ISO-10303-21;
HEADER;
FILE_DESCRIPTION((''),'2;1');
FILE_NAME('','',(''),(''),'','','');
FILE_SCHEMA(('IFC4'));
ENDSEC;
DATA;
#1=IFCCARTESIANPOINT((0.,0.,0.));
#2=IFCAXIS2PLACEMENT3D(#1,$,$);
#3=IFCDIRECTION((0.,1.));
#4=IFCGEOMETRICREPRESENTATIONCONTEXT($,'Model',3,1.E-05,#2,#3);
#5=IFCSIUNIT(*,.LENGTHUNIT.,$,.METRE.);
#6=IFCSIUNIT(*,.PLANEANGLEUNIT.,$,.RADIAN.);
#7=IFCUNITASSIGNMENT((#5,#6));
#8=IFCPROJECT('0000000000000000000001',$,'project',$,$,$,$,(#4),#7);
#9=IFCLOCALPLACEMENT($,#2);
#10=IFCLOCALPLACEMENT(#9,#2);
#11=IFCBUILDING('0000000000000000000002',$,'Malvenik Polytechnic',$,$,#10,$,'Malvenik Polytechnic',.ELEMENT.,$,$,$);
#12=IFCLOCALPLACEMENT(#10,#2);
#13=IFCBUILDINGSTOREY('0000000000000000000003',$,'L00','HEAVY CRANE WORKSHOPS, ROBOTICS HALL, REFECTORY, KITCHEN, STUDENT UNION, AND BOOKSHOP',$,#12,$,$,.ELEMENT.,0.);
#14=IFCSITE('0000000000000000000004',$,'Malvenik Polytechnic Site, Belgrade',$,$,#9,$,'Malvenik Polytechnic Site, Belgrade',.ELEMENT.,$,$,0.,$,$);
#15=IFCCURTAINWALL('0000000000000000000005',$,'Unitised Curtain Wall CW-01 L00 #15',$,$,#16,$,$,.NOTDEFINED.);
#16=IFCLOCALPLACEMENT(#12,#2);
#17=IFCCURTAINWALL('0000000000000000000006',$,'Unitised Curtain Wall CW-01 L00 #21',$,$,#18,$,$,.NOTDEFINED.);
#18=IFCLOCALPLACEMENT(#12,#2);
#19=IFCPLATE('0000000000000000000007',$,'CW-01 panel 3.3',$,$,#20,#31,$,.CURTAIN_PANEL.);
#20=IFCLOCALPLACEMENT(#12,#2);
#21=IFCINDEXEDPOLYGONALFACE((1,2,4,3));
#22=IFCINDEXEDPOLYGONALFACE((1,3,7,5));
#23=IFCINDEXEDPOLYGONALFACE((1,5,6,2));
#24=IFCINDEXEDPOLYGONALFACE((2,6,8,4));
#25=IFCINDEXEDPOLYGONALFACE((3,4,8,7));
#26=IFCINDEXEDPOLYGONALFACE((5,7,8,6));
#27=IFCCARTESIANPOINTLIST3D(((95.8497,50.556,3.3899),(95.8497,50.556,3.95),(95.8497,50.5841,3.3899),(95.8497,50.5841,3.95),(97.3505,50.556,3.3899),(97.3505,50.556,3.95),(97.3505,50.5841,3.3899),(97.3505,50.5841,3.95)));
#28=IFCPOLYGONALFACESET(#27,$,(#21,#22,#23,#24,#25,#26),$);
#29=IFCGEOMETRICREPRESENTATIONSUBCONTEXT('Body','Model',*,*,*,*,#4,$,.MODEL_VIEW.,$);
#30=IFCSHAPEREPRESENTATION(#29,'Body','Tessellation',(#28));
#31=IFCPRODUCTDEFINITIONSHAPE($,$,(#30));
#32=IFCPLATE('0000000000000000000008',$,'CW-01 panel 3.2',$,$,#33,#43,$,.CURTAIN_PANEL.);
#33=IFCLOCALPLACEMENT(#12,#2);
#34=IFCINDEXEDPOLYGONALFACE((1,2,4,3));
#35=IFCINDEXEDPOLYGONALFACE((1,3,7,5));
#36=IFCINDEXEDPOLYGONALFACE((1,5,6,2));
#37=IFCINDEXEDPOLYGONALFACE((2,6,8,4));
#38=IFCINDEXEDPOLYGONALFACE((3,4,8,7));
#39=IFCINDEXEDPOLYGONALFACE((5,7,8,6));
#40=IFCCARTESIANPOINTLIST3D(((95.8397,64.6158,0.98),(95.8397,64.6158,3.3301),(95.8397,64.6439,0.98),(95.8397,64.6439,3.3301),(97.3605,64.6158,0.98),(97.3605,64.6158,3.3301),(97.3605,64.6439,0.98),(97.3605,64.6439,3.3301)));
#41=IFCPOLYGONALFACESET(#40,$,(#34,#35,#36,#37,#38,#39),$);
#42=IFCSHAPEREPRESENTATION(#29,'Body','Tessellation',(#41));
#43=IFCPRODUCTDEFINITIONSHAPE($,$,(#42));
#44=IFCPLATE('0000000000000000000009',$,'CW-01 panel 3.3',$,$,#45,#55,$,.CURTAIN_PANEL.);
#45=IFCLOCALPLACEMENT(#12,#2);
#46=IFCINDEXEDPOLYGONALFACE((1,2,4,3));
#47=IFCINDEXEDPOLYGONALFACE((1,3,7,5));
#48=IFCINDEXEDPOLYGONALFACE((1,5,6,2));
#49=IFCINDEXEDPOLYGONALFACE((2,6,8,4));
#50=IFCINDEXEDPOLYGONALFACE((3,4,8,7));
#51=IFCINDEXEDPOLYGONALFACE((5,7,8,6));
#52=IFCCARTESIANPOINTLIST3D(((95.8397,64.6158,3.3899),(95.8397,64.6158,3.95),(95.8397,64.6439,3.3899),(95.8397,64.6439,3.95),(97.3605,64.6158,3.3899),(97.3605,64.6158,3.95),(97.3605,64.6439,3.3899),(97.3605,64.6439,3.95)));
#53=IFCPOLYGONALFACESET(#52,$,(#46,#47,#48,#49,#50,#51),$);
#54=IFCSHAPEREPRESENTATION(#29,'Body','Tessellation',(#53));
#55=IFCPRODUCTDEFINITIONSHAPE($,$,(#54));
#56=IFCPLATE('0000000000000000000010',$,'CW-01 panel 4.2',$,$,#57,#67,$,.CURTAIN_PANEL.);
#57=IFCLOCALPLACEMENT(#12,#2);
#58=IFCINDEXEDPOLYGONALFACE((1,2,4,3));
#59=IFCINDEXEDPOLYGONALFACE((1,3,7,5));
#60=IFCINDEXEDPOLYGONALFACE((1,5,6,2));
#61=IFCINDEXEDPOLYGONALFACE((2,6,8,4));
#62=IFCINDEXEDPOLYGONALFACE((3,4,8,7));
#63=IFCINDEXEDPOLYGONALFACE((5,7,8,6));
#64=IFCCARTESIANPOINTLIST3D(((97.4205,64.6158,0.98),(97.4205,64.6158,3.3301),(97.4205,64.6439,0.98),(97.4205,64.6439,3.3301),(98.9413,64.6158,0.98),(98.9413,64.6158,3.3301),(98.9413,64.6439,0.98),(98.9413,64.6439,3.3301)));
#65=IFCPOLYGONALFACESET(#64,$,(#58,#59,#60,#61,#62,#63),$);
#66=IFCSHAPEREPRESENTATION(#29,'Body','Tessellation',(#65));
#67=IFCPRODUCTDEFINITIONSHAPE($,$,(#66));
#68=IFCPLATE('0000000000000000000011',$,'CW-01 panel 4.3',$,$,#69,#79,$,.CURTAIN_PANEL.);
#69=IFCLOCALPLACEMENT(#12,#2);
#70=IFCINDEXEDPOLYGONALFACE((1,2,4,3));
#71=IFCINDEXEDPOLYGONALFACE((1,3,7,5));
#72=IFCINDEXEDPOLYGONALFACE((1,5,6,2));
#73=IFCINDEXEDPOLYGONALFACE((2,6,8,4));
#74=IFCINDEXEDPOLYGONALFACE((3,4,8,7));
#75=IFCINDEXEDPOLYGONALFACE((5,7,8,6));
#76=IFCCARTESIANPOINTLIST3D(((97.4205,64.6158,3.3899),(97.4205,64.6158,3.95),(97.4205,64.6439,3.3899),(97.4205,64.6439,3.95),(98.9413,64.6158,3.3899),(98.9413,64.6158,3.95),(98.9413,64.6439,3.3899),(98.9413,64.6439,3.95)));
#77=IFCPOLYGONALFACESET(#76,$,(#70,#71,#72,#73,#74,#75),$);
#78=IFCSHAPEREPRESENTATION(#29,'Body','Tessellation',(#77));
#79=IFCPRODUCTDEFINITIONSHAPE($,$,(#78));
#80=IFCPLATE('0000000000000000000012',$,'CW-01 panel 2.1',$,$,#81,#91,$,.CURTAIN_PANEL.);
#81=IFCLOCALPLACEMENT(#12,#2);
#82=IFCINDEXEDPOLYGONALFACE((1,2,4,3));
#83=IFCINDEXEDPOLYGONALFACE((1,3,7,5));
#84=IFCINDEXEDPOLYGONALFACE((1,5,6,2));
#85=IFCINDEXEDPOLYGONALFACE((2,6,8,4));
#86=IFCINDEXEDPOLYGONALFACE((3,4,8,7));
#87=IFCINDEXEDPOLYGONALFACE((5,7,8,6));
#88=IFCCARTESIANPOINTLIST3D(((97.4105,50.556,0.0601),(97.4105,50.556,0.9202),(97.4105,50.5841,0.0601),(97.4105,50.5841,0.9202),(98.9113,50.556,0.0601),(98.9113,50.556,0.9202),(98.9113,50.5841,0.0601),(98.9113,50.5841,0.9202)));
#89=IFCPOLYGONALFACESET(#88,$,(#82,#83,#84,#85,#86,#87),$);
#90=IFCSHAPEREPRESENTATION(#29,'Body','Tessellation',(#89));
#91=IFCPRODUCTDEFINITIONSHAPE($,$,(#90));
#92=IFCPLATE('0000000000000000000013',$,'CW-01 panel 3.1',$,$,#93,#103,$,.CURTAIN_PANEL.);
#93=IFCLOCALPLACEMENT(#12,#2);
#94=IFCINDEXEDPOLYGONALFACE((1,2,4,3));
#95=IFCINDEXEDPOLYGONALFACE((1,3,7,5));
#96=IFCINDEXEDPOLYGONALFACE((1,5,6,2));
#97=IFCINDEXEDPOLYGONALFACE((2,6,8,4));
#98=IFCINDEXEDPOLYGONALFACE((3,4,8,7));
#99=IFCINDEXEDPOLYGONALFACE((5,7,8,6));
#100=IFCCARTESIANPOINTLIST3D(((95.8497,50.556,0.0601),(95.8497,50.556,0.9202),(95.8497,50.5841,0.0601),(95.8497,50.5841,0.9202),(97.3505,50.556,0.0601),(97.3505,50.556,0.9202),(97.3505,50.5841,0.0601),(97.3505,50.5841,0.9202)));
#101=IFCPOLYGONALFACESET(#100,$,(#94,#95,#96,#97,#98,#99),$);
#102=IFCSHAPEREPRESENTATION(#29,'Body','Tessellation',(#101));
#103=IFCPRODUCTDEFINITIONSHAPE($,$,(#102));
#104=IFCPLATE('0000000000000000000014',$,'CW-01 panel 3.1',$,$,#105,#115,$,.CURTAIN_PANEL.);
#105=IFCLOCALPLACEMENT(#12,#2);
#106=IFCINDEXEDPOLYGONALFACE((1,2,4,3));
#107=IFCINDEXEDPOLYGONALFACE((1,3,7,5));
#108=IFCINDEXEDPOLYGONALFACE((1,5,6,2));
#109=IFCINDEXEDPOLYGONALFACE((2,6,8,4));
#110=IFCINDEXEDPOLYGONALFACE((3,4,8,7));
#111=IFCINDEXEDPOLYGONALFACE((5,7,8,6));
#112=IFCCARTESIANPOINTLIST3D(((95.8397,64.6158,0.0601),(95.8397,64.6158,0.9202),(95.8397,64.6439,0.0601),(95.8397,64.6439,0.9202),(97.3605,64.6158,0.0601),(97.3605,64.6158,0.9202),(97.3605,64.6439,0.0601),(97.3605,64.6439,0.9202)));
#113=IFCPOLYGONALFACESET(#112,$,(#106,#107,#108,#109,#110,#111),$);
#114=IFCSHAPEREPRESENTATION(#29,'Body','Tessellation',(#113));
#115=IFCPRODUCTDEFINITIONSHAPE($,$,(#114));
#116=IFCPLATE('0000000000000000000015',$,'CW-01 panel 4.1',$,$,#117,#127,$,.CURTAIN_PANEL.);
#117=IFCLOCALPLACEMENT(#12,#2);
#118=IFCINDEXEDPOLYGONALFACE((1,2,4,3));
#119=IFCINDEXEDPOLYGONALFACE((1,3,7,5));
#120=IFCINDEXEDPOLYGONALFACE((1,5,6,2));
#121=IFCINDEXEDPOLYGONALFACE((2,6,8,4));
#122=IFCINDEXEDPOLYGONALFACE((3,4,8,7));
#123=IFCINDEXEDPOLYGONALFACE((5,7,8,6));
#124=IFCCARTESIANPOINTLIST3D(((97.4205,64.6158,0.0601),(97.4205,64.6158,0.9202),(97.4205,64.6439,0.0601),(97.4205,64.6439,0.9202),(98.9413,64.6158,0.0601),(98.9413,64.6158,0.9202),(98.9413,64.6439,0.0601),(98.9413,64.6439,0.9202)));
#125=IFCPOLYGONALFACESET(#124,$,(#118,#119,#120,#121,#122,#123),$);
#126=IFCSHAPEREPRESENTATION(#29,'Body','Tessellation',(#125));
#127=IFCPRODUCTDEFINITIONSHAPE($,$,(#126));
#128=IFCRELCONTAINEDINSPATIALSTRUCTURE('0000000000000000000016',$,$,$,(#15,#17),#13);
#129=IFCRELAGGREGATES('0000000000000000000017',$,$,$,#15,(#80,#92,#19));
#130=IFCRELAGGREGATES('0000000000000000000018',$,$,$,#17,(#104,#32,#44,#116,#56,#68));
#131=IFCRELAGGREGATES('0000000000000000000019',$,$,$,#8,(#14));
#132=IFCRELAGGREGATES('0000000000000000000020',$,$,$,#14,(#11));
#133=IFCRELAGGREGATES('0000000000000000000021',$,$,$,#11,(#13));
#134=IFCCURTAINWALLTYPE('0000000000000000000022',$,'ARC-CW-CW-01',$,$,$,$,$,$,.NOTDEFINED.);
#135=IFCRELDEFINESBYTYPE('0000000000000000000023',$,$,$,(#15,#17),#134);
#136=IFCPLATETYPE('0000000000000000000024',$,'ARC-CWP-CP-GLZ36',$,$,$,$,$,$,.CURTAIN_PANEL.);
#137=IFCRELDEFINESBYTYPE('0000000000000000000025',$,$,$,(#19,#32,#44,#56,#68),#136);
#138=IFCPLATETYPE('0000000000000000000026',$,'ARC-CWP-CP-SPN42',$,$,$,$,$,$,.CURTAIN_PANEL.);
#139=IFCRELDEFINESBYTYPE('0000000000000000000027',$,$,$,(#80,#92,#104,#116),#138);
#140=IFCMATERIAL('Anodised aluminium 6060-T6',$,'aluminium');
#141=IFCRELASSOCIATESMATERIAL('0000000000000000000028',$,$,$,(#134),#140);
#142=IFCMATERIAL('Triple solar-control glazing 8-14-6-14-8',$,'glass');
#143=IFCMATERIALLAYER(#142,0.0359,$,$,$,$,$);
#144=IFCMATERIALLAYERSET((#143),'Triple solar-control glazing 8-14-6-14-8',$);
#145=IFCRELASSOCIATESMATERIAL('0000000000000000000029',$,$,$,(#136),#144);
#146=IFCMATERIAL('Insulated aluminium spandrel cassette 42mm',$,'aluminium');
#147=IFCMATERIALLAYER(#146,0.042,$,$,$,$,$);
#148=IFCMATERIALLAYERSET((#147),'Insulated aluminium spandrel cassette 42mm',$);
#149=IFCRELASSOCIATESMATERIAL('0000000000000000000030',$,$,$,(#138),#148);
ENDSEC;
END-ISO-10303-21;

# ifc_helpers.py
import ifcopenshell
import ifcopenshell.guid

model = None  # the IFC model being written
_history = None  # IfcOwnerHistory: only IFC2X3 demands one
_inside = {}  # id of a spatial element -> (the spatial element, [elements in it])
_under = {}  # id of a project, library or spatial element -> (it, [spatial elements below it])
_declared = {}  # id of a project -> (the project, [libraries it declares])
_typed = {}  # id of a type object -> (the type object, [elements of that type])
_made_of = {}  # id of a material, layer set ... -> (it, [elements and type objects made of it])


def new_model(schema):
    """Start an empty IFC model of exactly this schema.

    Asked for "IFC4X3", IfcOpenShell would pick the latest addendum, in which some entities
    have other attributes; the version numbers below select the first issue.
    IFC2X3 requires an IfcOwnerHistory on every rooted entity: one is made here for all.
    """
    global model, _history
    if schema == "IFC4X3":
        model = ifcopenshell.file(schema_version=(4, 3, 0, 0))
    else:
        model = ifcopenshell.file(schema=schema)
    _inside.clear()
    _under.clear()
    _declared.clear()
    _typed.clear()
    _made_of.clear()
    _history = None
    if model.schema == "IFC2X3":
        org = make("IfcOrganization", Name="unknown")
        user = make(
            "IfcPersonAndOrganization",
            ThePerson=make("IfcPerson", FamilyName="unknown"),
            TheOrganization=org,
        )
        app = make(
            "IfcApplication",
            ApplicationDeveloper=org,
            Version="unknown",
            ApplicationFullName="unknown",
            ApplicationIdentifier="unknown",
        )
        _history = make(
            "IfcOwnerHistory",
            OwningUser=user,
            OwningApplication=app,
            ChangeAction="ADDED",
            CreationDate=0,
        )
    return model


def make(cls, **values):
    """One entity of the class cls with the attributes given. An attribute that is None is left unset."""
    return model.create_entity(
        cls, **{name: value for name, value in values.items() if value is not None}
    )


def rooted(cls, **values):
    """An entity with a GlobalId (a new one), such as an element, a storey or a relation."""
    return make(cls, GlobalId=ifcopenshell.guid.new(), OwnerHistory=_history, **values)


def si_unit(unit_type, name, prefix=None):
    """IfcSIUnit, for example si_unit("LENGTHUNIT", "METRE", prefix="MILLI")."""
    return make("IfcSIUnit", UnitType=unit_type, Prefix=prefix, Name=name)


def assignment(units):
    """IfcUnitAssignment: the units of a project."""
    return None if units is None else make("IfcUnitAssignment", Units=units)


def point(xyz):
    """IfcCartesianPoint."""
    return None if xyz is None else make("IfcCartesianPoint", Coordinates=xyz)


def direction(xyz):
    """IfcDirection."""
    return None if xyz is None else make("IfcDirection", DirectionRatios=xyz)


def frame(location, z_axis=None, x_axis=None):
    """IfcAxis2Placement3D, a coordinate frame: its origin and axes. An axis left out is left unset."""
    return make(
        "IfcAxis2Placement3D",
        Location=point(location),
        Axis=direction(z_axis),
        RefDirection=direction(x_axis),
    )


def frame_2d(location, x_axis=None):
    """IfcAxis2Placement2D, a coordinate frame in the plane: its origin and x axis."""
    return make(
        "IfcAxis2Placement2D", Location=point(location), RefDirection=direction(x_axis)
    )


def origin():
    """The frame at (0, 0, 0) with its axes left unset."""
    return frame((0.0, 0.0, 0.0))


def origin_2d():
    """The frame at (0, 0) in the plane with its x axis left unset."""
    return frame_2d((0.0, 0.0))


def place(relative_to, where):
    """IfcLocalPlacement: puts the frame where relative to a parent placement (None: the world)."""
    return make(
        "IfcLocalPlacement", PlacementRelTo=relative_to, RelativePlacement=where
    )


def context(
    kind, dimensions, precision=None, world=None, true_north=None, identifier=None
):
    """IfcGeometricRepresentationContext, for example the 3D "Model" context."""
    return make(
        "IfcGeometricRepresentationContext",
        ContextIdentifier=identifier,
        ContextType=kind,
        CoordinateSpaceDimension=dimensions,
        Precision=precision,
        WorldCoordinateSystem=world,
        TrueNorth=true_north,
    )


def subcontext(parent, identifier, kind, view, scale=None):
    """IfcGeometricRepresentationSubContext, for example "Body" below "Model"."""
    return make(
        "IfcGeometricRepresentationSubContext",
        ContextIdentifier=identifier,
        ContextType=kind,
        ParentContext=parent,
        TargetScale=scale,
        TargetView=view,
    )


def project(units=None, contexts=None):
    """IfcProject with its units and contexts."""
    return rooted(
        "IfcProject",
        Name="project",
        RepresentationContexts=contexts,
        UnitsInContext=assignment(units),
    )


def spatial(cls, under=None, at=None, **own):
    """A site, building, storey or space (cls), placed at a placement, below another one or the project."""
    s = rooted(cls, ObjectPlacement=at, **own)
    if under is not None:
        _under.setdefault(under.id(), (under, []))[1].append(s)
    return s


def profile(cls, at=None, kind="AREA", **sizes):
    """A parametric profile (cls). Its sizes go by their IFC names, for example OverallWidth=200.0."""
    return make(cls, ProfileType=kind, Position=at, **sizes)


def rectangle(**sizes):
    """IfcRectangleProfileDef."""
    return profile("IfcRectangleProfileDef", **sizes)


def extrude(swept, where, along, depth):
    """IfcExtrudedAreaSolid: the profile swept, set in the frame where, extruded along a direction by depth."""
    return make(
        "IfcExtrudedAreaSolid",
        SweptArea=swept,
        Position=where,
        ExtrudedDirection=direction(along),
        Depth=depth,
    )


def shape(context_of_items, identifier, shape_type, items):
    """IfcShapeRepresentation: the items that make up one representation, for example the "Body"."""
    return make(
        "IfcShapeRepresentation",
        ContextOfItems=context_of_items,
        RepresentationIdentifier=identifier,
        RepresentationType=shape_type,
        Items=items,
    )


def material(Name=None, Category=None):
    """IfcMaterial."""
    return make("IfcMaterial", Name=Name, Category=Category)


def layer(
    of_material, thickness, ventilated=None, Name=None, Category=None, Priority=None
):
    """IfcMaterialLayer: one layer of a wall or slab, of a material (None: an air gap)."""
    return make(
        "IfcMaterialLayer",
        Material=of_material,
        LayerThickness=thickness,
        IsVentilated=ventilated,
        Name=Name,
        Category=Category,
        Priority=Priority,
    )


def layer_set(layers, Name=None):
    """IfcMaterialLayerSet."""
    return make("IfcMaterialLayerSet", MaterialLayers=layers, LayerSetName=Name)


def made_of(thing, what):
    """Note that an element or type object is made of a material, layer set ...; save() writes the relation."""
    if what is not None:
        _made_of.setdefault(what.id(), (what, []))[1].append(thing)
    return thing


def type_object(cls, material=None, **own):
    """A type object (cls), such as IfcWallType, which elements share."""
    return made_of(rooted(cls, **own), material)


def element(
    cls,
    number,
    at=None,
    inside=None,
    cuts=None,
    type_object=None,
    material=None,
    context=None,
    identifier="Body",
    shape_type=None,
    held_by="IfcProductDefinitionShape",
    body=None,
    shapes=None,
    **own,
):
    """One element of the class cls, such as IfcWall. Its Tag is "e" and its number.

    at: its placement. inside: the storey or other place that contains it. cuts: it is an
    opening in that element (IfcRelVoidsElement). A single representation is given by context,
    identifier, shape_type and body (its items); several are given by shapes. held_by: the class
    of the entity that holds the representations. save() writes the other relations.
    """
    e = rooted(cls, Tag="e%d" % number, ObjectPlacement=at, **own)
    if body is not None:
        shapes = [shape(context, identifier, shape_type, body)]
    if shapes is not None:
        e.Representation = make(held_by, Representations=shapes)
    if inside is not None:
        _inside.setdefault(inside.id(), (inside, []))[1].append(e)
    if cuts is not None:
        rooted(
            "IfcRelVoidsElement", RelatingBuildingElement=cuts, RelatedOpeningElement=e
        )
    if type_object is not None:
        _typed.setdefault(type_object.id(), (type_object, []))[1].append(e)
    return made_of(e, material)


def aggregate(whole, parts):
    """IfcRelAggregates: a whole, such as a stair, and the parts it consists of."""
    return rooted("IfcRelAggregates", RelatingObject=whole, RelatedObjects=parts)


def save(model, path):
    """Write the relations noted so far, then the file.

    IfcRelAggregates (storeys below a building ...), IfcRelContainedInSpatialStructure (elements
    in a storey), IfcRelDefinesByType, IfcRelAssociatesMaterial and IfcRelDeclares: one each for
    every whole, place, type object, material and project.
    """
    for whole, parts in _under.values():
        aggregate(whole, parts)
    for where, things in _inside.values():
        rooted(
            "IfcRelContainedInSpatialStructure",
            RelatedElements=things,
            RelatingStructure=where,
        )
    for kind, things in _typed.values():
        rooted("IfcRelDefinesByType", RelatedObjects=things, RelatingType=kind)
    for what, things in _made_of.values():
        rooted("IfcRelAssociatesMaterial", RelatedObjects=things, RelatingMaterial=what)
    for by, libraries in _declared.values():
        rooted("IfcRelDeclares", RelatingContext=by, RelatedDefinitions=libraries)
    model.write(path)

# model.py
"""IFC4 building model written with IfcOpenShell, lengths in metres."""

from ifc_helpers import new_model, si_unit, direction, frame, origin, origin_2d, place, context, subcontext, project, spatial, rectangle, extrude, material, layer, layer_set, type_object, element, aggregate, save


model = new_model("IFC4")

# Units and contexts
model_context = context("Model", 3, precision=1e-05, world=origin(), true_north=direction((0.0, 1.0)))
body_context = subcontext(model_context, "Body", "Model", "MODEL_VIEW")
ifc_project = project(units=[si_unit("LENGTHUNIT", "METRE"), si_unit("PLANEANGLEUNIT", "RADIAN")], contexts=[model_context])

# Site, building, storey
site_placement = place(None, origin())
site = spatial("IfcSite", under=ifc_project, at=site_placement, Name="Malvenik Polytechnic Site, Belgrade", LongName="Malvenik Polytechnic Site, Belgrade", CompositionType="ELEMENT", RefElevation=0.0)
building_placement = place(site_placement, origin())
building = spatial("IfcBuilding", under=site, at=building_placement, Name="Malvenik Polytechnic", LongName="Malvenik Polytechnic", CompositionType="ELEMENT")
storey_placement = place(building_placement, origin())
storey = spatial("IfcBuildingStorey", under=building, at=storey_placement, Name="L00", Description="HEAVY CRANE WORKSHOPS, ROBOTICS HALL, REFECTORY, KITCHEN, STUDENT UNION, AND BOOKSHOP", CompositionType="ELEMENT", Elevation=0.0)

# Curtain walls
ifc_material_1 = material(Name="Anodised aluminium 6060-T6", Category="aluminium")
curtain_wall_type = type_object("IfcCurtainWallType", Name="ARC-CW-CW-01", PredefinedType="NOTDEFINED", material=ifc_material_1)
curtain_wall_1_placement = place(storey_placement, origin())
curtain_wall_1 = element("IfcCurtainWall", 1, at=curtain_wall_1_placement, inside=storey, type_object=curtain_wall_type, Name="Unitised Curtain Wall CW-01 L00 #15", PredefinedType="NOTDEFINED")
curtain_wall_2_placement = place(storey_placement, origin())
curtain_wall_2 = element("IfcCurtainWall", 2, at=curtain_wall_2_placement, inside=storey, type_object=curtain_wall_type, Name="Unitised Curtain Wall CW-01 L00 #21", PredefinedType="NOTDEFINED")

# Plates
ifc_material_2 = material(Name="Triple solar-control glazing 8-14-6-14-8", Category="glass")
ifc_layer_1 = layer(ifc_material_2, 0.0359)
ifc_layer_set_1 = layer_set([ifc_layer_1], Name="Triple solar-control glazing 8-14-6-14-8")
plate_type_1 = type_object("IfcPlateType", Name="ARC-CWP-CP-GLZ36", PredefinedType="CURTAIN_PANEL", material=ifc_layer_set_1)
plate_1_placement = place(storey_placement, frame((96.6001, 50.5701, 3.3899), z_axis=(0.0, 0.0, 1.0), x_axis=(-1.0, 0.0, 0.0)))
plate_1 = element("IfcPlate", 3, at=plate_1_placement, type_object=plate_type_1, Name="CW-01 panel 3.3", PredefinedType="CURTAIN_PANEL", context=body_context, shape_type="SweptSolid", body=[
    extrude(rectangle(XDim=1.5007, YDim=0.0281, at=origin_2d()), origin(), (0.0, 0.0, 1.0), 0.5601),
])
plate_2_placement = place(storey_placement, frame((96.6001, 64.6299, 0.98), z_axis=(0.0, 0.0, 1.0), x_axis=(1.0, 0.0, 0.0)))
plate_2 = element("IfcPlate", 4, at=plate_2_placement, type_object=plate_type_1, Name="CW-01 panel 3.2", PredefinedType="CURTAIN_PANEL", context=body_context, shape_type="SweptSolid", body=[
    extrude(rectangle(XDim=1.5208, YDim=0.0281, at=origin_2d()), origin(), (0.0, 0.0, 1.0), 2.3501),
])
plate_3_placement = place(storey_placement, frame((96.6001, 64.6299, 3.3899), z_axis=(0.0, 0.0, 1.0), x_axis=(1.0, 0.0, 0.0)))
plate_3 = element("IfcPlate", 5, at=plate_3_placement, type_object=plate_type_1, Name="CW-01 panel 3.3", PredefinedType="CURTAIN_PANEL", context=body_context, shape_type="SweptSolid", body=[
    extrude(rectangle(XDim=1.5208, YDim=0.0281, at=origin_2d()), origin(), (0.0, 0.0, 1.0), 0.5601),
])
plate_4_placement = place(storey_placement, frame((98.1809, 64.6299, 0.98), z_axis=(0.0, 0.0, 1.0), x_axis=(1.0, 0.0, 0.0)))
plate_4 = element("IfcPlate", 6, at=plate_4_placement, type_object=plate_type_1, Name="CW-01 panel 4.2", PredefinedType="CURTAIN_PANEL", context=body_context, shape_type="SweptSolid", body=[
    extrude(rectangle(XDim=1.5208, YDim=0.0281, at=origin_2d()), origin(), (0.0, 0.0, 1.0), 2.3501),
])
plate_5_placement = place(storey_placement, frame((98.1809, 64.6299, 3.3899), z_axis=(0.0, 0.0, 1.0), x_axis=(1.0, 0.0, 0.0)))
plate_5 = element("IfcPlate", 7, at=plate_5_placement, type_object=plate_type_1, Name="CW-01 panel 4.3", PredefinedType="CURTAIN_PANEL", context=body_context, shape_type="SweptSolid", body=[
    extrude(rectangle(XDim=1.5208, YDim=0.0281, at=origin_2d()), origin(), (0.0, 0.0, 1.0), 0.5601),
])
ifc_material_3 = material(Name="Insulated aluminium spandrel cassette 42mm", Category="aluminium")
ifc_layer_2 = layer(ifc_material_3, 0.042)
ifc_layer_set_2 = layer_set([ifc_layer_2], Name="Insulated aluminium spandrel cassette 42mm")
plate_type_2 = type_object("IfcPlateType", Name="ARC-CWP-CP-SPN42", PredefinedType="CURTAIN_PANEL", material=ifc_layer_set_2)
plate_6_placement = place(storey_placement, frame((98.1609, 50.5701, 0.0601), z_axis=(0.0, 0.0, 1.0), x_axis=(-1.0, 0.0, 0.0)))
plate_6 = element("IfcPlate", 8, at=plate_6_placement, type_object=plate_type_2, Name="CW-01 panel 2.1", PredefinedType="CURTAIN_PANEL", context=body_context, shape_type="SweptSolid", body=[
    extrude(rectangle(XDim=1.5007, YDim=0.0281, at=origin_2d()), origin(), (0.0, 0.0, 1.0), 0.8601),
])
plate_7_placement = place(storey_placement, frame((96.6001, 50.5701, 0.0601), z_axis=(0.0, 0.0, 1.0), x_axis=(-1.0, 0.0, 0.0)))
plate_7 = element("IfcPlate", 9, at=plate_7_placement, type_object=plate_type_2, Name="CW-01 panel 3.1", PredefinedType="CURTAIN_PANEL", context=body_context, shape_type="SweptSolid", body=[
    extrude(rectangle(XDim=1.5007, YDim=0.0281, at=origin_2d()), origin(), (0.0, 0.0, 1.0), 0.8601),
])
aggregate(curtain_wall_1, [plate_6, plate_7, plate_1])
plate_8_placement = place(storey_placement, frame((96.6001, 64.6299, 0.0601), z_axis=(0.0, 0.0, 1.0), x_axis=(1.0, 0.0, 0.0)))
plate_8 = element("IfcPlate", 10, at=plate_8_placement, type_object=plate_type_2, Name="CW-01 panel 3.1", PredefinedType="CURTAIN_PANEL", context=body_context, shape_type="SweptSolid", body=[
    extrude(rectangle(XDim=1.5208, YDim=0.0281, at=origin_2d()), origin(), (0.0, 0.0, 1.0), 0.8601),
])
plate_9_placement = place(storey_placement, frame((98.1809, 64.6299, 0.0601), z_axis=(0.0, 0.0, 1.0), x_axis=(1.0, 0.0, 0.0)))
plate_9 = element("IfcPlate", 11, at=plate_9_placement, type_object=plate_type_2, Name="CW-01 panel 4.1", PredefinedType="CURTAIN_PANEL", context=body_context, shape_type="SweptSolid", body=[
    extrude(rectangle(XDim=1.5208, YDim=0.0281, at=origin_2d()), origin(), (0.0, 0.0, 1.0), 0.8601),
])
aggregate(curtain_wall_2, [plate_8, plate_2, plate_3, plate_9, plate_4, plate_5])

save(model, "model.ifc")
